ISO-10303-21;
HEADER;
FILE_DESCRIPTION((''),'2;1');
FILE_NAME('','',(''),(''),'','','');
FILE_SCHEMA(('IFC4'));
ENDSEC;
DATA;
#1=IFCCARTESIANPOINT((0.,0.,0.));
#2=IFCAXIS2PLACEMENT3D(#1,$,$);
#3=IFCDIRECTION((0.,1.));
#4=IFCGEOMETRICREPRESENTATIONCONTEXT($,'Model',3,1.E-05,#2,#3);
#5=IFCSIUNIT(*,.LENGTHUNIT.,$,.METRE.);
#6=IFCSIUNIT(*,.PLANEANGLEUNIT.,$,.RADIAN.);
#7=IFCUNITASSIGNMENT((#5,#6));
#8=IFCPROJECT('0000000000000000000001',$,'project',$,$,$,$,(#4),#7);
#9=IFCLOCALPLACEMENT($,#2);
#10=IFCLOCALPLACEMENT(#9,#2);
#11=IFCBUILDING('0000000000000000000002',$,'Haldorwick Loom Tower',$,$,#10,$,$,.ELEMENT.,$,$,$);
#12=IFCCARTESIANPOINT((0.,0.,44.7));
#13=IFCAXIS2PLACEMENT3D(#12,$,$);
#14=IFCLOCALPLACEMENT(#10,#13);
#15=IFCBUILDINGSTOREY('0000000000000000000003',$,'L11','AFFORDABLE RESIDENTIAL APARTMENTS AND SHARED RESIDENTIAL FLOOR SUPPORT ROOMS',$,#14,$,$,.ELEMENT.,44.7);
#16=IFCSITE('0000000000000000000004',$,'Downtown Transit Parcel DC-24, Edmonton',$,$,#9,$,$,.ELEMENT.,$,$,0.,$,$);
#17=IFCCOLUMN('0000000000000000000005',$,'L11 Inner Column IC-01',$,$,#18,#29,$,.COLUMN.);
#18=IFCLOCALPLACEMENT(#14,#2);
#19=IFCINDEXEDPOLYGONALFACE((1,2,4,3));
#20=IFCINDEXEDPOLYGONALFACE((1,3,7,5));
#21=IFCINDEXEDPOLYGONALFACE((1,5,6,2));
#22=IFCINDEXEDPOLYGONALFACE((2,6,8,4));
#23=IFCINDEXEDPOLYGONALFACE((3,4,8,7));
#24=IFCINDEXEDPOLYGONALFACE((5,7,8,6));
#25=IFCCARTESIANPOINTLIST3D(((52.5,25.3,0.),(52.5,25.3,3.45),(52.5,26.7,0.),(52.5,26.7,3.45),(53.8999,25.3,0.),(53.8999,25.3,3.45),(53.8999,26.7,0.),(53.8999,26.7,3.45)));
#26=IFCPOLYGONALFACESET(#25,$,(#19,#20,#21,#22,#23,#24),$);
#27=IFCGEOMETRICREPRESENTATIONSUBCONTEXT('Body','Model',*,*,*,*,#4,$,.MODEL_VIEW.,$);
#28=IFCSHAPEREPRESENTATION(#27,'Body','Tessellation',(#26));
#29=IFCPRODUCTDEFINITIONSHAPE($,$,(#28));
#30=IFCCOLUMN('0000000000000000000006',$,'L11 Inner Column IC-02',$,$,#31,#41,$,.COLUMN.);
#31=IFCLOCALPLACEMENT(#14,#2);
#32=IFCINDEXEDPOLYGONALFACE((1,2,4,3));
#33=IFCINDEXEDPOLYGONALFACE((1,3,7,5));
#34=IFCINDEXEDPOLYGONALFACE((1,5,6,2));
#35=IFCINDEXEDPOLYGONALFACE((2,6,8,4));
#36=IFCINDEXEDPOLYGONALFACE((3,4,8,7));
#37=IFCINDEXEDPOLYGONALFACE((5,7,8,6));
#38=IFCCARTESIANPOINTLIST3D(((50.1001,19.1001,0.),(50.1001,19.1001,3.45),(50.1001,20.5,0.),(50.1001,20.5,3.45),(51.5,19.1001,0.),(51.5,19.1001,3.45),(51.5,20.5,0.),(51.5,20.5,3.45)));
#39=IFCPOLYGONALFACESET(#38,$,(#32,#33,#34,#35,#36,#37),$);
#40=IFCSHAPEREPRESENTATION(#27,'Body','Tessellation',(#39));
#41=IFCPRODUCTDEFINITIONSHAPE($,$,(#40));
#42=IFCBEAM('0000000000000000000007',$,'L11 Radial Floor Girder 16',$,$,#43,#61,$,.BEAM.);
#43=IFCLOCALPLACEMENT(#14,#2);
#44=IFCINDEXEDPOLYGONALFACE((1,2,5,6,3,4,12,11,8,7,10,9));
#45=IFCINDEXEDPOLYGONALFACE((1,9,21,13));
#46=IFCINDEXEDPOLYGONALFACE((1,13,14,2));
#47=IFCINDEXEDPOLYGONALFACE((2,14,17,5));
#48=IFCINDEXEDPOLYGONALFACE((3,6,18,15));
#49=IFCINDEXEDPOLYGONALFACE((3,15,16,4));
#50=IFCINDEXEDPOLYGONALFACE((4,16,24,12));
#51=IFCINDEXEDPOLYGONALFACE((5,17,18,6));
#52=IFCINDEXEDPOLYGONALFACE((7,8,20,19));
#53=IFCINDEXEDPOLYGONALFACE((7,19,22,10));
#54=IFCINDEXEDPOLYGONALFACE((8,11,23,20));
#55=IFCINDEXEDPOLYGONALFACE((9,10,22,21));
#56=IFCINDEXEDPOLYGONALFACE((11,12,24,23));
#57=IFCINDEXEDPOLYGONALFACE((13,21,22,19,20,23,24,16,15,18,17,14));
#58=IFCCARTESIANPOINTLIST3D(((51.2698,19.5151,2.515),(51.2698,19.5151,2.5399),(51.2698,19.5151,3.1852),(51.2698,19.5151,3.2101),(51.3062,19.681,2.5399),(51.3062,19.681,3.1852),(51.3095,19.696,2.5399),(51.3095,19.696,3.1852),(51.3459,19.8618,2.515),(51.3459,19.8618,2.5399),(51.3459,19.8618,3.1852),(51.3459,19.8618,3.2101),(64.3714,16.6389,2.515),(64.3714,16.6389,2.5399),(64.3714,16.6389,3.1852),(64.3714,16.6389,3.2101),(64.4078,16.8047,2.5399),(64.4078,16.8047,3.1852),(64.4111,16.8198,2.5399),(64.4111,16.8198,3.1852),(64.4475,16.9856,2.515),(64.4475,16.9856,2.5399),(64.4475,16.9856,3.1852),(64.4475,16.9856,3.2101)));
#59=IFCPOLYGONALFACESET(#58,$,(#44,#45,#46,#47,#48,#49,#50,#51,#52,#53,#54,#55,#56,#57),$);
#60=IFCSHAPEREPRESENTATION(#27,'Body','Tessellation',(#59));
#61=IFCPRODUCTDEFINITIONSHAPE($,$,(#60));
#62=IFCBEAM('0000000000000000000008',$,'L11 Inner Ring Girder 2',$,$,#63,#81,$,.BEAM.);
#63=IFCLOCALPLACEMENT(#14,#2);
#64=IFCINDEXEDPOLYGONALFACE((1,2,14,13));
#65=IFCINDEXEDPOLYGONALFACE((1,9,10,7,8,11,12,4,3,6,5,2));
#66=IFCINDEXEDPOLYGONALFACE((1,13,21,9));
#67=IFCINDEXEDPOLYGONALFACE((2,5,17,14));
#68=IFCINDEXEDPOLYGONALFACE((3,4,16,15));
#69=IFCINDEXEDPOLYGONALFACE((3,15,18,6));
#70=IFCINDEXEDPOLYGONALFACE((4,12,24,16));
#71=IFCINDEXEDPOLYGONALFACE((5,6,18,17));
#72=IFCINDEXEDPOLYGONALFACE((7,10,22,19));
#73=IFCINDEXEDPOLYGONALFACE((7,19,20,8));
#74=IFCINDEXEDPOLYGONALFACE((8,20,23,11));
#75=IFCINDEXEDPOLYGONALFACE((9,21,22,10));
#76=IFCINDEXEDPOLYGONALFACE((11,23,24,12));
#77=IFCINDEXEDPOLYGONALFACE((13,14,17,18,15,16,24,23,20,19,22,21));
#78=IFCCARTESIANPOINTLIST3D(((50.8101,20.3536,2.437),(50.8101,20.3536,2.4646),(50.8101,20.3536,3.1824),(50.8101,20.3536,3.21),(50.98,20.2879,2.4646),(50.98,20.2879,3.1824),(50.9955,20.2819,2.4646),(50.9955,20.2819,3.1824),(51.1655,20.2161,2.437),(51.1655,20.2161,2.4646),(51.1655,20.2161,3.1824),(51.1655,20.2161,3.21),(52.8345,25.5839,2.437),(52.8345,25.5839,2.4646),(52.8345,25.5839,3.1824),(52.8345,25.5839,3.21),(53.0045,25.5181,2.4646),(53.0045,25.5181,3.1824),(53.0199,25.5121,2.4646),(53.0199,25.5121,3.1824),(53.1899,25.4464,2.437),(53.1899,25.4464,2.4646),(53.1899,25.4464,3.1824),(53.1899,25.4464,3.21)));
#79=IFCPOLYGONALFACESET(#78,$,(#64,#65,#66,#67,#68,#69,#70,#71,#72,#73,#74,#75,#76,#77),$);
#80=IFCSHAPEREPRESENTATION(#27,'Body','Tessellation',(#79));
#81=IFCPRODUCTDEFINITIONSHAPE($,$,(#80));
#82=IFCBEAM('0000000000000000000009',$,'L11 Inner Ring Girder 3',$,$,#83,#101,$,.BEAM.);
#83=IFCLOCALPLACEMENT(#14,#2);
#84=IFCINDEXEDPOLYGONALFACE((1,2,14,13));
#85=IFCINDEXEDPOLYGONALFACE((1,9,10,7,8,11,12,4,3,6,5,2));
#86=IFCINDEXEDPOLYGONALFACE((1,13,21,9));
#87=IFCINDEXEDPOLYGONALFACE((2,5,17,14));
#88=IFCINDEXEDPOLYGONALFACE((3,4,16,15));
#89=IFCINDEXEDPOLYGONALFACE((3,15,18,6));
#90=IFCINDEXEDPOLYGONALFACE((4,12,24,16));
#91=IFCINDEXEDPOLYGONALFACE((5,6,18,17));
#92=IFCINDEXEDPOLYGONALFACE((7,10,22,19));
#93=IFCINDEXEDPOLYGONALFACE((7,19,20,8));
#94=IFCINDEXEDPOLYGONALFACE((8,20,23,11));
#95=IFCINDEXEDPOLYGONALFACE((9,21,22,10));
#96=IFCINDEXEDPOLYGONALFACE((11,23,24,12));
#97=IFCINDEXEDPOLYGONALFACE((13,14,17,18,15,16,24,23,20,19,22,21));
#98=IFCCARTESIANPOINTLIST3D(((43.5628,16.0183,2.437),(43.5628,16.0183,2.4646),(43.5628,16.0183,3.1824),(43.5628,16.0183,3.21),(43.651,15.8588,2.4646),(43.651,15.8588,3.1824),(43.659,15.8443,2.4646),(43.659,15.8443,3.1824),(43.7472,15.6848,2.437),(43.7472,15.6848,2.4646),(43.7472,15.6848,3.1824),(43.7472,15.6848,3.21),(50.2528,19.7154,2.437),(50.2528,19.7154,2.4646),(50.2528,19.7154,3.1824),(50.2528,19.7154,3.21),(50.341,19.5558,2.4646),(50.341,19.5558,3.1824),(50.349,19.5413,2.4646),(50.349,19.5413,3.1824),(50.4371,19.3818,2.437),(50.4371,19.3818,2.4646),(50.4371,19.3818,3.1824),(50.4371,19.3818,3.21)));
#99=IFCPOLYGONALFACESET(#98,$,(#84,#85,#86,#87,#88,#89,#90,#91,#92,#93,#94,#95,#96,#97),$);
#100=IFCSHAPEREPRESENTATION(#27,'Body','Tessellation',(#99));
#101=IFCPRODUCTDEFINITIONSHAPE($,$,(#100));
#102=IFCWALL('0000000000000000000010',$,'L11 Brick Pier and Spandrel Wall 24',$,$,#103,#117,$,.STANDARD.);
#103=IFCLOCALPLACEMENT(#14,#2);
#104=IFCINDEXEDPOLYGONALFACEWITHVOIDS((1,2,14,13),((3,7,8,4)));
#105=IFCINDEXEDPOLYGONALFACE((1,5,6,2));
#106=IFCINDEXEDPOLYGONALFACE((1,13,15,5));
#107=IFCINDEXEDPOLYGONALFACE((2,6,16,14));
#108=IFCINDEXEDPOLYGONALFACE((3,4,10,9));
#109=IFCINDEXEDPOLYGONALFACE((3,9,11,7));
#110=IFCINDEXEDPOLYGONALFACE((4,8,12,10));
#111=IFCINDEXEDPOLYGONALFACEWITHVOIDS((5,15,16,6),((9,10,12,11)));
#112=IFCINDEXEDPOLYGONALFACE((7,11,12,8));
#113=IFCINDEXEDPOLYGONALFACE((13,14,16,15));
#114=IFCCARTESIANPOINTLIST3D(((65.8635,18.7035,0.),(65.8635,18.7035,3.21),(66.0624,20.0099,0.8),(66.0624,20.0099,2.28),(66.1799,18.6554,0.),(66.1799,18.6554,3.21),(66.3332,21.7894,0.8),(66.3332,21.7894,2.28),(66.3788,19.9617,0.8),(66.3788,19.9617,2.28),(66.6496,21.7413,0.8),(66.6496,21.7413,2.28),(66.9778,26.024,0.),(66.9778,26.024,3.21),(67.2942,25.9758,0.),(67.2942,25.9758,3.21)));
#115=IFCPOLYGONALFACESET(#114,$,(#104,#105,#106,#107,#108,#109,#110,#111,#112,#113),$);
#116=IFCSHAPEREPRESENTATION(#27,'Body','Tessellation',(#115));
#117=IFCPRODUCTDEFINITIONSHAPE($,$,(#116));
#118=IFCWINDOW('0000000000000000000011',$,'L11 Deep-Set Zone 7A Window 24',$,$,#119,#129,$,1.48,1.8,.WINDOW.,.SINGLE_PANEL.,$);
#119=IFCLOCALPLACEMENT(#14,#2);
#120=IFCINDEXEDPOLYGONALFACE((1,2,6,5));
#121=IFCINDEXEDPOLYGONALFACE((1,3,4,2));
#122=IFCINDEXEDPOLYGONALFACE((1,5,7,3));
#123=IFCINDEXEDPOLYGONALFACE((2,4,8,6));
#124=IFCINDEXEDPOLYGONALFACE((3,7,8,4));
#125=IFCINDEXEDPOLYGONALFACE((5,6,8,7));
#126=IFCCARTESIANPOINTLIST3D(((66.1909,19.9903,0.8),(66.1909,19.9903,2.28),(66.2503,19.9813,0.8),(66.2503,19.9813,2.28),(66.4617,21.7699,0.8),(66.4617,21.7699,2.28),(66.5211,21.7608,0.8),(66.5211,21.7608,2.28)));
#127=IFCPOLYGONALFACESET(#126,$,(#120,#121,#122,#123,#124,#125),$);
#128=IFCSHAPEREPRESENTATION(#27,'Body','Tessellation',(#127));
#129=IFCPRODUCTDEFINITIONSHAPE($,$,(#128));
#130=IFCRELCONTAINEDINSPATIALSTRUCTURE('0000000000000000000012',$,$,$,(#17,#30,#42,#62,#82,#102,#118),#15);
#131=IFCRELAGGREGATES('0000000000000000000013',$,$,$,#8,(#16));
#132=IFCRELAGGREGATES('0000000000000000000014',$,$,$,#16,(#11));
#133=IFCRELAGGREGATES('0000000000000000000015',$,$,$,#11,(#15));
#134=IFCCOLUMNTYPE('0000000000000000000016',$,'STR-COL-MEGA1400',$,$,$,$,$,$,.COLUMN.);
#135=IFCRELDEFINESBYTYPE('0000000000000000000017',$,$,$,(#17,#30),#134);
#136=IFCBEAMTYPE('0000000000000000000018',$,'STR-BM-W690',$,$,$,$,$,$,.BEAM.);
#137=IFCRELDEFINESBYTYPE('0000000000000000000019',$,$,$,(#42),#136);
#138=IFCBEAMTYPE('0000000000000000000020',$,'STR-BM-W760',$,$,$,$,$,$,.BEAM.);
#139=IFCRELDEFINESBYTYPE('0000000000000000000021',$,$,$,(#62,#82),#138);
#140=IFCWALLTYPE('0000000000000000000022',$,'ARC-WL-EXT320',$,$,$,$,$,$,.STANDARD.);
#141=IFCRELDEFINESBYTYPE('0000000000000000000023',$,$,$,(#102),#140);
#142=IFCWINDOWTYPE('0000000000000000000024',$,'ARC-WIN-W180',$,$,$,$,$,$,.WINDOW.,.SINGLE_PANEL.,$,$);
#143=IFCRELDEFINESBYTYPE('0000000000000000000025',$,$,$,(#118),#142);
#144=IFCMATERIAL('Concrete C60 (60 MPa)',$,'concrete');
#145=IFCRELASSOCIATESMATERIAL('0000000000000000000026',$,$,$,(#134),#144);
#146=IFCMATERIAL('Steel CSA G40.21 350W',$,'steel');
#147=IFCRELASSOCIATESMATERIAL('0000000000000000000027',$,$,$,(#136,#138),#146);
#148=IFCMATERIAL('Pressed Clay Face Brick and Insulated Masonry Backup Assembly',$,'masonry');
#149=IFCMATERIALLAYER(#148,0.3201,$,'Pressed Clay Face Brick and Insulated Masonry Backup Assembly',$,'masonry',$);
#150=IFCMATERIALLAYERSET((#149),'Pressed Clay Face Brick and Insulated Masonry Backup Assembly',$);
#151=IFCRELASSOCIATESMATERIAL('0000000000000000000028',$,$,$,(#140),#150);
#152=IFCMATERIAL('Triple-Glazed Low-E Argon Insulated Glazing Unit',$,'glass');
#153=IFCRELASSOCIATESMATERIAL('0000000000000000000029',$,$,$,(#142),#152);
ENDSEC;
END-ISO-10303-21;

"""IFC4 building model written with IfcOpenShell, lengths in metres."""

from ifc_helpers import new_model, si_unit, direction, frame, frame_2d, origin, origin_2d, place, context, subcontext, project, spatial, rectangle, i_section, extrude, material, layer, layer_set, material_profile, profile_set, type_object, element, fill, save


model = new_model("IFC4")

# Units and contexts
model_context = context("Model", 3, precision=1e-05, world=origin(), true_north=direction((0.0, 1.0)))
body_context = subcontext(model_context, "Body", "Model", "MODEL_VIEW")
ifc_project = project(units=[si_unit("LENGTHUNIT", "METRE"), si_unit("PLANEANGLEUNIT", "RADIAN")], contexts=[model_context])

# Site, building, storey
site_placement = place(None, origin())
site = spatial("IfcSite", under=ifc_project, at=site_placement, Name="Downtown Transit Parcel DC-24, Edmonton", CompositionType="ELEMENT", RefElevation=0.0)
building_placement = place(site_placement, origin())
building = spatial("IfcBuilding", under=site, at=building_placement, Name="Haldorwick Loom Tower", CompositionType="ELEMENT")
storey_placement = place(building_placement, frame((0.0, 0.0, 44.7)))
storey = spatial("IfcBuildingStorey", under=building, at=storey_placement, Name="L11", Description="AFFORDABLE RESIDENTIAL APARTMENTS AND SHARED RESIDENTIAL FLOOR SUPPORT ROOMS", CompositionType="ELEMENT", Elevation=44.7)

# Columns
ifc_material_1 = material(Name="Concrete C60 (60 MPa)", Category="concrete")
ifc_material_profile_1 = material_profile(ifc_material_1, rectangle(XDim=1.3999, YDim=1.3999, at=origin_2d()), Name="RC1400X1400", Category="concrete")
ifc_profile_set_1 = profile_set([ifc_material_profile_1], Name="Concrete C60 (60 MPa)")
column_type = type_object("IfcColumnType", Name="STR-COL-MEGA1400", PredefinedType="COLUMN", material=ifc_profile_set_1)
for number, where, z_axis, x_axis, name in (
    (1, (53.2, 26.0, 0.0), (0.0, 0.0, 1.0), (1.0, 0.0, 0.0), "L11 Inner Column IC-01"),
    (2, (50.8, 19.8, 0.0), (0.0, 0.0, 1.0), (1.0, 0.0, 0.0), "L11 Inner Column IC-02"),
):
    element("IfcColumn", number, at=place(storey_placement, frame(where, z_axis=z_axis, x_axis=x_axis)), inside=storey, type_object=column_type, Name=name, PredefinedType="COLUMN", context=body_context, shape_type="SweptSolid", body=[
        extrude(rectangle(XDim=1.3999, YDim=1.3999, at=origin_2d()), origin(), (0.0, 0.0, 1.0), 3.45),
    ])

# Beams
ifc_material_2 = material(Name="Steel CSA G40.21 350W", Category="steel")
ifc_material_profile_2 = material_profile(ifc_material_2, i_section(OverallWidth=0.355, OverallDepth=0.6951, WebThickness=0.0154, FlangeThickness=0.0249, at=origin_2d()), Name="W690X217", Category="steel")
ifc_profile_set_2 = profile_set([ifc_material_profile_2], Name="Steel CSA G40.21 350W")
beam_type_1 = type_object("IfcBeamType", Name="STR-BM-W690", PredefinedType="BEAM", material=ifc_profile_set_2)
beam_1_placement = place(storey_placement, frame((51.3079, 19.6885, 2.8625), z_axis=(0.97674, -0.214426, 0.0), x_axis=(0.214426, 0.97674, 0.0)))
element("IfcBeam", 3, at=beam_1_placement, inside=storey, type_object=beam_type_1, Name="L11 Radial Floor Girder 16", PredefinedType="BEAM", context=body_context, shape_type="SweptSolid", body=[
    extrude(i_section(OverallWidth=0.355, OverallDepth=0.6951, WebThickness=0.0154, FlangeThickness=0.0249, at=origin_2d()), origin(), (0.0, 0.0, 1.0), 13.4136),
])
ifc_material_profile_3 = material_profile(ifc_material_2, i_section(OverallWidth=0.3811, OverallDepth=0.7729, WebThickness=0.0166, FlangeThickness=0.0276, at=origin_2d()), Name="W760X257", Category="steel")
ifc_profile_set_3 = profile_set([ifc_material_profile_3], Name="Steel CSA G40.21 350W")
beam_type_2 = type_object("IfcBeamType", Name="STR-BM-W760", PredefinedType="BEAM", material=ifc_profile_set_3)
beam_2_placement = place(storey_placement, frame((53.0122, 25.5151, 2.8235), z_axis=(-0.360965, -0.932579, 0.0), x_axis=(0.932579, -0.360965, 0.0)))
element("IfcBeam", 4, at=beam_2_placement, inside=storey, type_object=beam_type_2, Name="L11 Inner Ring Girder 2", PredefinedType="BEAM", context=body_context, shape_type="SweptSolid", body=[
    extrude(i_section(OverallWidth=0.3811, OverallDepth=0.7729, WebThickness=0.0166, FlangeThickness=0.0276, at=origin_2d()), origin(), (0.0, 0.0, 1.0), 5.6084),
])
beam_3_placement = place(storey_placement, frame((50.345, 19.5486, 2.8235), z_axis=(-0.875244, -0.483681, 0.0), x_axis=(0.483681, -0.875244, 0.0)))
element("IfcBeam", 5, at=beam_3_placement, inside=storey, type_object=beam_type_2, Name="L11 Inner Ring Girder 3", PredefinedType="BEAM", context=body_context, shape_type="SweptSolid", body=[
    extrude(i_section(OverallWidth=0.3811, OverallDepth=0.7729, WebThickness=0.0166, FlangeThickness=0.0276, at=origin_2d()), origin(), (0.0, 0.0, 1.0), 7.6436),
])

# Wall, opening, window
ifc_material_3 = material(Name="Pressed Clay Face Brick and Insulated Masonry Backup Assembly", Category="masonry")
ifc_layer_1 = layer(ifc_material_3, 0.3201, Name="Pressed Clay Face Brick and Insulated Masonry Backup Assembly", Category="masonry")
ifc_layer_set_1 = layer_set([ifc_layer_1], Name="Pressed Clay Face Brick and Insulated Masonry Backup Assembly")
wall_type_1 = type_object("IfcWallType", Name="ARC-WL-EXT320", PredefinedType="STANDARD", material=ifc_layer_set_1)
wall_1_placement = place(storey_placement, frame((66.0217, 18.6794, 0.0), z_axis=(0.0, 0.0, 1.0), x_axis=(0.150476, 0.988614, 0.0)))
wall_1 = element("IfcWall", 6, at=wall_1_placement, inside=storey, type_object=wall_type_1, Name="L11 Brick Pier and Spandrel Wall 24", PredefinedType="STANDARD", context=body_context, shape_type="SweptSolid", body=[
    extrude(rectangle(XDim=7.4048, YDim=0.3201, at=frame_2d((3.7024, 0.0))), origin(), (0.0, 0.0, 1.0), 3.21),
])
opening_1_placement = place(wall_1_placement, frame((1.3215, 0.0, 0.8)))
opening_1 = element("IfcOpeningElement", 7, at=opening_1_placement, cuts=wall_1, PredefinedType="OPENING", context=body_context, shape_type="SweptSolid", body=[
    extrude(rectangle(XDim=1.8, YDim=1.48, at=frame_2d((0.8999, 0.74))), frame((0.0, 0.1699, 0.0), z_axis=(0.0, -1.0, 0.0), x_axis=(1.0, 0.0, 0.0)), (0.0, 0.0, 1.0), 0.3401),
])
ifc_material_4 = material(Name="Triple-Glazed Low-E Argon Insulated Glazing Unit", Category="glass")
window_type = type_object("IfcWindowType", Name="ARC-WIN-W180", PartitioningType="SINGLE_PANEL", PredefinedType="WINDOW", material=ifc_material_4)
window_placement = place(opening_1_placement, origin())
window = element("IfcWindow", 8, at=window_placement, inside=storey, type_object=window_type, Name="L11 Deep-Set Zone 7A Window 24", OverallHeight=1.48, OverallWidth=1.8, PartitioningType="SINGLE_PANEL", PredefinedType="WINDOW", context=body_context, shape_type="SweptSolid", body=[
    extrude(rectangle(XDim=1.8, YDim=1.48, at=frame_2d((0.8999, 0.74))), frame((0.0, 0.03, 0.0), z_axis=(0.0, -1.0, 0.0), x_axis=(1.0, 0.0, 0.0)), (0.0, 0.0, 1.0), 0.0601),
])
fill(opening_1, window)

save(model, "model.ifc")
